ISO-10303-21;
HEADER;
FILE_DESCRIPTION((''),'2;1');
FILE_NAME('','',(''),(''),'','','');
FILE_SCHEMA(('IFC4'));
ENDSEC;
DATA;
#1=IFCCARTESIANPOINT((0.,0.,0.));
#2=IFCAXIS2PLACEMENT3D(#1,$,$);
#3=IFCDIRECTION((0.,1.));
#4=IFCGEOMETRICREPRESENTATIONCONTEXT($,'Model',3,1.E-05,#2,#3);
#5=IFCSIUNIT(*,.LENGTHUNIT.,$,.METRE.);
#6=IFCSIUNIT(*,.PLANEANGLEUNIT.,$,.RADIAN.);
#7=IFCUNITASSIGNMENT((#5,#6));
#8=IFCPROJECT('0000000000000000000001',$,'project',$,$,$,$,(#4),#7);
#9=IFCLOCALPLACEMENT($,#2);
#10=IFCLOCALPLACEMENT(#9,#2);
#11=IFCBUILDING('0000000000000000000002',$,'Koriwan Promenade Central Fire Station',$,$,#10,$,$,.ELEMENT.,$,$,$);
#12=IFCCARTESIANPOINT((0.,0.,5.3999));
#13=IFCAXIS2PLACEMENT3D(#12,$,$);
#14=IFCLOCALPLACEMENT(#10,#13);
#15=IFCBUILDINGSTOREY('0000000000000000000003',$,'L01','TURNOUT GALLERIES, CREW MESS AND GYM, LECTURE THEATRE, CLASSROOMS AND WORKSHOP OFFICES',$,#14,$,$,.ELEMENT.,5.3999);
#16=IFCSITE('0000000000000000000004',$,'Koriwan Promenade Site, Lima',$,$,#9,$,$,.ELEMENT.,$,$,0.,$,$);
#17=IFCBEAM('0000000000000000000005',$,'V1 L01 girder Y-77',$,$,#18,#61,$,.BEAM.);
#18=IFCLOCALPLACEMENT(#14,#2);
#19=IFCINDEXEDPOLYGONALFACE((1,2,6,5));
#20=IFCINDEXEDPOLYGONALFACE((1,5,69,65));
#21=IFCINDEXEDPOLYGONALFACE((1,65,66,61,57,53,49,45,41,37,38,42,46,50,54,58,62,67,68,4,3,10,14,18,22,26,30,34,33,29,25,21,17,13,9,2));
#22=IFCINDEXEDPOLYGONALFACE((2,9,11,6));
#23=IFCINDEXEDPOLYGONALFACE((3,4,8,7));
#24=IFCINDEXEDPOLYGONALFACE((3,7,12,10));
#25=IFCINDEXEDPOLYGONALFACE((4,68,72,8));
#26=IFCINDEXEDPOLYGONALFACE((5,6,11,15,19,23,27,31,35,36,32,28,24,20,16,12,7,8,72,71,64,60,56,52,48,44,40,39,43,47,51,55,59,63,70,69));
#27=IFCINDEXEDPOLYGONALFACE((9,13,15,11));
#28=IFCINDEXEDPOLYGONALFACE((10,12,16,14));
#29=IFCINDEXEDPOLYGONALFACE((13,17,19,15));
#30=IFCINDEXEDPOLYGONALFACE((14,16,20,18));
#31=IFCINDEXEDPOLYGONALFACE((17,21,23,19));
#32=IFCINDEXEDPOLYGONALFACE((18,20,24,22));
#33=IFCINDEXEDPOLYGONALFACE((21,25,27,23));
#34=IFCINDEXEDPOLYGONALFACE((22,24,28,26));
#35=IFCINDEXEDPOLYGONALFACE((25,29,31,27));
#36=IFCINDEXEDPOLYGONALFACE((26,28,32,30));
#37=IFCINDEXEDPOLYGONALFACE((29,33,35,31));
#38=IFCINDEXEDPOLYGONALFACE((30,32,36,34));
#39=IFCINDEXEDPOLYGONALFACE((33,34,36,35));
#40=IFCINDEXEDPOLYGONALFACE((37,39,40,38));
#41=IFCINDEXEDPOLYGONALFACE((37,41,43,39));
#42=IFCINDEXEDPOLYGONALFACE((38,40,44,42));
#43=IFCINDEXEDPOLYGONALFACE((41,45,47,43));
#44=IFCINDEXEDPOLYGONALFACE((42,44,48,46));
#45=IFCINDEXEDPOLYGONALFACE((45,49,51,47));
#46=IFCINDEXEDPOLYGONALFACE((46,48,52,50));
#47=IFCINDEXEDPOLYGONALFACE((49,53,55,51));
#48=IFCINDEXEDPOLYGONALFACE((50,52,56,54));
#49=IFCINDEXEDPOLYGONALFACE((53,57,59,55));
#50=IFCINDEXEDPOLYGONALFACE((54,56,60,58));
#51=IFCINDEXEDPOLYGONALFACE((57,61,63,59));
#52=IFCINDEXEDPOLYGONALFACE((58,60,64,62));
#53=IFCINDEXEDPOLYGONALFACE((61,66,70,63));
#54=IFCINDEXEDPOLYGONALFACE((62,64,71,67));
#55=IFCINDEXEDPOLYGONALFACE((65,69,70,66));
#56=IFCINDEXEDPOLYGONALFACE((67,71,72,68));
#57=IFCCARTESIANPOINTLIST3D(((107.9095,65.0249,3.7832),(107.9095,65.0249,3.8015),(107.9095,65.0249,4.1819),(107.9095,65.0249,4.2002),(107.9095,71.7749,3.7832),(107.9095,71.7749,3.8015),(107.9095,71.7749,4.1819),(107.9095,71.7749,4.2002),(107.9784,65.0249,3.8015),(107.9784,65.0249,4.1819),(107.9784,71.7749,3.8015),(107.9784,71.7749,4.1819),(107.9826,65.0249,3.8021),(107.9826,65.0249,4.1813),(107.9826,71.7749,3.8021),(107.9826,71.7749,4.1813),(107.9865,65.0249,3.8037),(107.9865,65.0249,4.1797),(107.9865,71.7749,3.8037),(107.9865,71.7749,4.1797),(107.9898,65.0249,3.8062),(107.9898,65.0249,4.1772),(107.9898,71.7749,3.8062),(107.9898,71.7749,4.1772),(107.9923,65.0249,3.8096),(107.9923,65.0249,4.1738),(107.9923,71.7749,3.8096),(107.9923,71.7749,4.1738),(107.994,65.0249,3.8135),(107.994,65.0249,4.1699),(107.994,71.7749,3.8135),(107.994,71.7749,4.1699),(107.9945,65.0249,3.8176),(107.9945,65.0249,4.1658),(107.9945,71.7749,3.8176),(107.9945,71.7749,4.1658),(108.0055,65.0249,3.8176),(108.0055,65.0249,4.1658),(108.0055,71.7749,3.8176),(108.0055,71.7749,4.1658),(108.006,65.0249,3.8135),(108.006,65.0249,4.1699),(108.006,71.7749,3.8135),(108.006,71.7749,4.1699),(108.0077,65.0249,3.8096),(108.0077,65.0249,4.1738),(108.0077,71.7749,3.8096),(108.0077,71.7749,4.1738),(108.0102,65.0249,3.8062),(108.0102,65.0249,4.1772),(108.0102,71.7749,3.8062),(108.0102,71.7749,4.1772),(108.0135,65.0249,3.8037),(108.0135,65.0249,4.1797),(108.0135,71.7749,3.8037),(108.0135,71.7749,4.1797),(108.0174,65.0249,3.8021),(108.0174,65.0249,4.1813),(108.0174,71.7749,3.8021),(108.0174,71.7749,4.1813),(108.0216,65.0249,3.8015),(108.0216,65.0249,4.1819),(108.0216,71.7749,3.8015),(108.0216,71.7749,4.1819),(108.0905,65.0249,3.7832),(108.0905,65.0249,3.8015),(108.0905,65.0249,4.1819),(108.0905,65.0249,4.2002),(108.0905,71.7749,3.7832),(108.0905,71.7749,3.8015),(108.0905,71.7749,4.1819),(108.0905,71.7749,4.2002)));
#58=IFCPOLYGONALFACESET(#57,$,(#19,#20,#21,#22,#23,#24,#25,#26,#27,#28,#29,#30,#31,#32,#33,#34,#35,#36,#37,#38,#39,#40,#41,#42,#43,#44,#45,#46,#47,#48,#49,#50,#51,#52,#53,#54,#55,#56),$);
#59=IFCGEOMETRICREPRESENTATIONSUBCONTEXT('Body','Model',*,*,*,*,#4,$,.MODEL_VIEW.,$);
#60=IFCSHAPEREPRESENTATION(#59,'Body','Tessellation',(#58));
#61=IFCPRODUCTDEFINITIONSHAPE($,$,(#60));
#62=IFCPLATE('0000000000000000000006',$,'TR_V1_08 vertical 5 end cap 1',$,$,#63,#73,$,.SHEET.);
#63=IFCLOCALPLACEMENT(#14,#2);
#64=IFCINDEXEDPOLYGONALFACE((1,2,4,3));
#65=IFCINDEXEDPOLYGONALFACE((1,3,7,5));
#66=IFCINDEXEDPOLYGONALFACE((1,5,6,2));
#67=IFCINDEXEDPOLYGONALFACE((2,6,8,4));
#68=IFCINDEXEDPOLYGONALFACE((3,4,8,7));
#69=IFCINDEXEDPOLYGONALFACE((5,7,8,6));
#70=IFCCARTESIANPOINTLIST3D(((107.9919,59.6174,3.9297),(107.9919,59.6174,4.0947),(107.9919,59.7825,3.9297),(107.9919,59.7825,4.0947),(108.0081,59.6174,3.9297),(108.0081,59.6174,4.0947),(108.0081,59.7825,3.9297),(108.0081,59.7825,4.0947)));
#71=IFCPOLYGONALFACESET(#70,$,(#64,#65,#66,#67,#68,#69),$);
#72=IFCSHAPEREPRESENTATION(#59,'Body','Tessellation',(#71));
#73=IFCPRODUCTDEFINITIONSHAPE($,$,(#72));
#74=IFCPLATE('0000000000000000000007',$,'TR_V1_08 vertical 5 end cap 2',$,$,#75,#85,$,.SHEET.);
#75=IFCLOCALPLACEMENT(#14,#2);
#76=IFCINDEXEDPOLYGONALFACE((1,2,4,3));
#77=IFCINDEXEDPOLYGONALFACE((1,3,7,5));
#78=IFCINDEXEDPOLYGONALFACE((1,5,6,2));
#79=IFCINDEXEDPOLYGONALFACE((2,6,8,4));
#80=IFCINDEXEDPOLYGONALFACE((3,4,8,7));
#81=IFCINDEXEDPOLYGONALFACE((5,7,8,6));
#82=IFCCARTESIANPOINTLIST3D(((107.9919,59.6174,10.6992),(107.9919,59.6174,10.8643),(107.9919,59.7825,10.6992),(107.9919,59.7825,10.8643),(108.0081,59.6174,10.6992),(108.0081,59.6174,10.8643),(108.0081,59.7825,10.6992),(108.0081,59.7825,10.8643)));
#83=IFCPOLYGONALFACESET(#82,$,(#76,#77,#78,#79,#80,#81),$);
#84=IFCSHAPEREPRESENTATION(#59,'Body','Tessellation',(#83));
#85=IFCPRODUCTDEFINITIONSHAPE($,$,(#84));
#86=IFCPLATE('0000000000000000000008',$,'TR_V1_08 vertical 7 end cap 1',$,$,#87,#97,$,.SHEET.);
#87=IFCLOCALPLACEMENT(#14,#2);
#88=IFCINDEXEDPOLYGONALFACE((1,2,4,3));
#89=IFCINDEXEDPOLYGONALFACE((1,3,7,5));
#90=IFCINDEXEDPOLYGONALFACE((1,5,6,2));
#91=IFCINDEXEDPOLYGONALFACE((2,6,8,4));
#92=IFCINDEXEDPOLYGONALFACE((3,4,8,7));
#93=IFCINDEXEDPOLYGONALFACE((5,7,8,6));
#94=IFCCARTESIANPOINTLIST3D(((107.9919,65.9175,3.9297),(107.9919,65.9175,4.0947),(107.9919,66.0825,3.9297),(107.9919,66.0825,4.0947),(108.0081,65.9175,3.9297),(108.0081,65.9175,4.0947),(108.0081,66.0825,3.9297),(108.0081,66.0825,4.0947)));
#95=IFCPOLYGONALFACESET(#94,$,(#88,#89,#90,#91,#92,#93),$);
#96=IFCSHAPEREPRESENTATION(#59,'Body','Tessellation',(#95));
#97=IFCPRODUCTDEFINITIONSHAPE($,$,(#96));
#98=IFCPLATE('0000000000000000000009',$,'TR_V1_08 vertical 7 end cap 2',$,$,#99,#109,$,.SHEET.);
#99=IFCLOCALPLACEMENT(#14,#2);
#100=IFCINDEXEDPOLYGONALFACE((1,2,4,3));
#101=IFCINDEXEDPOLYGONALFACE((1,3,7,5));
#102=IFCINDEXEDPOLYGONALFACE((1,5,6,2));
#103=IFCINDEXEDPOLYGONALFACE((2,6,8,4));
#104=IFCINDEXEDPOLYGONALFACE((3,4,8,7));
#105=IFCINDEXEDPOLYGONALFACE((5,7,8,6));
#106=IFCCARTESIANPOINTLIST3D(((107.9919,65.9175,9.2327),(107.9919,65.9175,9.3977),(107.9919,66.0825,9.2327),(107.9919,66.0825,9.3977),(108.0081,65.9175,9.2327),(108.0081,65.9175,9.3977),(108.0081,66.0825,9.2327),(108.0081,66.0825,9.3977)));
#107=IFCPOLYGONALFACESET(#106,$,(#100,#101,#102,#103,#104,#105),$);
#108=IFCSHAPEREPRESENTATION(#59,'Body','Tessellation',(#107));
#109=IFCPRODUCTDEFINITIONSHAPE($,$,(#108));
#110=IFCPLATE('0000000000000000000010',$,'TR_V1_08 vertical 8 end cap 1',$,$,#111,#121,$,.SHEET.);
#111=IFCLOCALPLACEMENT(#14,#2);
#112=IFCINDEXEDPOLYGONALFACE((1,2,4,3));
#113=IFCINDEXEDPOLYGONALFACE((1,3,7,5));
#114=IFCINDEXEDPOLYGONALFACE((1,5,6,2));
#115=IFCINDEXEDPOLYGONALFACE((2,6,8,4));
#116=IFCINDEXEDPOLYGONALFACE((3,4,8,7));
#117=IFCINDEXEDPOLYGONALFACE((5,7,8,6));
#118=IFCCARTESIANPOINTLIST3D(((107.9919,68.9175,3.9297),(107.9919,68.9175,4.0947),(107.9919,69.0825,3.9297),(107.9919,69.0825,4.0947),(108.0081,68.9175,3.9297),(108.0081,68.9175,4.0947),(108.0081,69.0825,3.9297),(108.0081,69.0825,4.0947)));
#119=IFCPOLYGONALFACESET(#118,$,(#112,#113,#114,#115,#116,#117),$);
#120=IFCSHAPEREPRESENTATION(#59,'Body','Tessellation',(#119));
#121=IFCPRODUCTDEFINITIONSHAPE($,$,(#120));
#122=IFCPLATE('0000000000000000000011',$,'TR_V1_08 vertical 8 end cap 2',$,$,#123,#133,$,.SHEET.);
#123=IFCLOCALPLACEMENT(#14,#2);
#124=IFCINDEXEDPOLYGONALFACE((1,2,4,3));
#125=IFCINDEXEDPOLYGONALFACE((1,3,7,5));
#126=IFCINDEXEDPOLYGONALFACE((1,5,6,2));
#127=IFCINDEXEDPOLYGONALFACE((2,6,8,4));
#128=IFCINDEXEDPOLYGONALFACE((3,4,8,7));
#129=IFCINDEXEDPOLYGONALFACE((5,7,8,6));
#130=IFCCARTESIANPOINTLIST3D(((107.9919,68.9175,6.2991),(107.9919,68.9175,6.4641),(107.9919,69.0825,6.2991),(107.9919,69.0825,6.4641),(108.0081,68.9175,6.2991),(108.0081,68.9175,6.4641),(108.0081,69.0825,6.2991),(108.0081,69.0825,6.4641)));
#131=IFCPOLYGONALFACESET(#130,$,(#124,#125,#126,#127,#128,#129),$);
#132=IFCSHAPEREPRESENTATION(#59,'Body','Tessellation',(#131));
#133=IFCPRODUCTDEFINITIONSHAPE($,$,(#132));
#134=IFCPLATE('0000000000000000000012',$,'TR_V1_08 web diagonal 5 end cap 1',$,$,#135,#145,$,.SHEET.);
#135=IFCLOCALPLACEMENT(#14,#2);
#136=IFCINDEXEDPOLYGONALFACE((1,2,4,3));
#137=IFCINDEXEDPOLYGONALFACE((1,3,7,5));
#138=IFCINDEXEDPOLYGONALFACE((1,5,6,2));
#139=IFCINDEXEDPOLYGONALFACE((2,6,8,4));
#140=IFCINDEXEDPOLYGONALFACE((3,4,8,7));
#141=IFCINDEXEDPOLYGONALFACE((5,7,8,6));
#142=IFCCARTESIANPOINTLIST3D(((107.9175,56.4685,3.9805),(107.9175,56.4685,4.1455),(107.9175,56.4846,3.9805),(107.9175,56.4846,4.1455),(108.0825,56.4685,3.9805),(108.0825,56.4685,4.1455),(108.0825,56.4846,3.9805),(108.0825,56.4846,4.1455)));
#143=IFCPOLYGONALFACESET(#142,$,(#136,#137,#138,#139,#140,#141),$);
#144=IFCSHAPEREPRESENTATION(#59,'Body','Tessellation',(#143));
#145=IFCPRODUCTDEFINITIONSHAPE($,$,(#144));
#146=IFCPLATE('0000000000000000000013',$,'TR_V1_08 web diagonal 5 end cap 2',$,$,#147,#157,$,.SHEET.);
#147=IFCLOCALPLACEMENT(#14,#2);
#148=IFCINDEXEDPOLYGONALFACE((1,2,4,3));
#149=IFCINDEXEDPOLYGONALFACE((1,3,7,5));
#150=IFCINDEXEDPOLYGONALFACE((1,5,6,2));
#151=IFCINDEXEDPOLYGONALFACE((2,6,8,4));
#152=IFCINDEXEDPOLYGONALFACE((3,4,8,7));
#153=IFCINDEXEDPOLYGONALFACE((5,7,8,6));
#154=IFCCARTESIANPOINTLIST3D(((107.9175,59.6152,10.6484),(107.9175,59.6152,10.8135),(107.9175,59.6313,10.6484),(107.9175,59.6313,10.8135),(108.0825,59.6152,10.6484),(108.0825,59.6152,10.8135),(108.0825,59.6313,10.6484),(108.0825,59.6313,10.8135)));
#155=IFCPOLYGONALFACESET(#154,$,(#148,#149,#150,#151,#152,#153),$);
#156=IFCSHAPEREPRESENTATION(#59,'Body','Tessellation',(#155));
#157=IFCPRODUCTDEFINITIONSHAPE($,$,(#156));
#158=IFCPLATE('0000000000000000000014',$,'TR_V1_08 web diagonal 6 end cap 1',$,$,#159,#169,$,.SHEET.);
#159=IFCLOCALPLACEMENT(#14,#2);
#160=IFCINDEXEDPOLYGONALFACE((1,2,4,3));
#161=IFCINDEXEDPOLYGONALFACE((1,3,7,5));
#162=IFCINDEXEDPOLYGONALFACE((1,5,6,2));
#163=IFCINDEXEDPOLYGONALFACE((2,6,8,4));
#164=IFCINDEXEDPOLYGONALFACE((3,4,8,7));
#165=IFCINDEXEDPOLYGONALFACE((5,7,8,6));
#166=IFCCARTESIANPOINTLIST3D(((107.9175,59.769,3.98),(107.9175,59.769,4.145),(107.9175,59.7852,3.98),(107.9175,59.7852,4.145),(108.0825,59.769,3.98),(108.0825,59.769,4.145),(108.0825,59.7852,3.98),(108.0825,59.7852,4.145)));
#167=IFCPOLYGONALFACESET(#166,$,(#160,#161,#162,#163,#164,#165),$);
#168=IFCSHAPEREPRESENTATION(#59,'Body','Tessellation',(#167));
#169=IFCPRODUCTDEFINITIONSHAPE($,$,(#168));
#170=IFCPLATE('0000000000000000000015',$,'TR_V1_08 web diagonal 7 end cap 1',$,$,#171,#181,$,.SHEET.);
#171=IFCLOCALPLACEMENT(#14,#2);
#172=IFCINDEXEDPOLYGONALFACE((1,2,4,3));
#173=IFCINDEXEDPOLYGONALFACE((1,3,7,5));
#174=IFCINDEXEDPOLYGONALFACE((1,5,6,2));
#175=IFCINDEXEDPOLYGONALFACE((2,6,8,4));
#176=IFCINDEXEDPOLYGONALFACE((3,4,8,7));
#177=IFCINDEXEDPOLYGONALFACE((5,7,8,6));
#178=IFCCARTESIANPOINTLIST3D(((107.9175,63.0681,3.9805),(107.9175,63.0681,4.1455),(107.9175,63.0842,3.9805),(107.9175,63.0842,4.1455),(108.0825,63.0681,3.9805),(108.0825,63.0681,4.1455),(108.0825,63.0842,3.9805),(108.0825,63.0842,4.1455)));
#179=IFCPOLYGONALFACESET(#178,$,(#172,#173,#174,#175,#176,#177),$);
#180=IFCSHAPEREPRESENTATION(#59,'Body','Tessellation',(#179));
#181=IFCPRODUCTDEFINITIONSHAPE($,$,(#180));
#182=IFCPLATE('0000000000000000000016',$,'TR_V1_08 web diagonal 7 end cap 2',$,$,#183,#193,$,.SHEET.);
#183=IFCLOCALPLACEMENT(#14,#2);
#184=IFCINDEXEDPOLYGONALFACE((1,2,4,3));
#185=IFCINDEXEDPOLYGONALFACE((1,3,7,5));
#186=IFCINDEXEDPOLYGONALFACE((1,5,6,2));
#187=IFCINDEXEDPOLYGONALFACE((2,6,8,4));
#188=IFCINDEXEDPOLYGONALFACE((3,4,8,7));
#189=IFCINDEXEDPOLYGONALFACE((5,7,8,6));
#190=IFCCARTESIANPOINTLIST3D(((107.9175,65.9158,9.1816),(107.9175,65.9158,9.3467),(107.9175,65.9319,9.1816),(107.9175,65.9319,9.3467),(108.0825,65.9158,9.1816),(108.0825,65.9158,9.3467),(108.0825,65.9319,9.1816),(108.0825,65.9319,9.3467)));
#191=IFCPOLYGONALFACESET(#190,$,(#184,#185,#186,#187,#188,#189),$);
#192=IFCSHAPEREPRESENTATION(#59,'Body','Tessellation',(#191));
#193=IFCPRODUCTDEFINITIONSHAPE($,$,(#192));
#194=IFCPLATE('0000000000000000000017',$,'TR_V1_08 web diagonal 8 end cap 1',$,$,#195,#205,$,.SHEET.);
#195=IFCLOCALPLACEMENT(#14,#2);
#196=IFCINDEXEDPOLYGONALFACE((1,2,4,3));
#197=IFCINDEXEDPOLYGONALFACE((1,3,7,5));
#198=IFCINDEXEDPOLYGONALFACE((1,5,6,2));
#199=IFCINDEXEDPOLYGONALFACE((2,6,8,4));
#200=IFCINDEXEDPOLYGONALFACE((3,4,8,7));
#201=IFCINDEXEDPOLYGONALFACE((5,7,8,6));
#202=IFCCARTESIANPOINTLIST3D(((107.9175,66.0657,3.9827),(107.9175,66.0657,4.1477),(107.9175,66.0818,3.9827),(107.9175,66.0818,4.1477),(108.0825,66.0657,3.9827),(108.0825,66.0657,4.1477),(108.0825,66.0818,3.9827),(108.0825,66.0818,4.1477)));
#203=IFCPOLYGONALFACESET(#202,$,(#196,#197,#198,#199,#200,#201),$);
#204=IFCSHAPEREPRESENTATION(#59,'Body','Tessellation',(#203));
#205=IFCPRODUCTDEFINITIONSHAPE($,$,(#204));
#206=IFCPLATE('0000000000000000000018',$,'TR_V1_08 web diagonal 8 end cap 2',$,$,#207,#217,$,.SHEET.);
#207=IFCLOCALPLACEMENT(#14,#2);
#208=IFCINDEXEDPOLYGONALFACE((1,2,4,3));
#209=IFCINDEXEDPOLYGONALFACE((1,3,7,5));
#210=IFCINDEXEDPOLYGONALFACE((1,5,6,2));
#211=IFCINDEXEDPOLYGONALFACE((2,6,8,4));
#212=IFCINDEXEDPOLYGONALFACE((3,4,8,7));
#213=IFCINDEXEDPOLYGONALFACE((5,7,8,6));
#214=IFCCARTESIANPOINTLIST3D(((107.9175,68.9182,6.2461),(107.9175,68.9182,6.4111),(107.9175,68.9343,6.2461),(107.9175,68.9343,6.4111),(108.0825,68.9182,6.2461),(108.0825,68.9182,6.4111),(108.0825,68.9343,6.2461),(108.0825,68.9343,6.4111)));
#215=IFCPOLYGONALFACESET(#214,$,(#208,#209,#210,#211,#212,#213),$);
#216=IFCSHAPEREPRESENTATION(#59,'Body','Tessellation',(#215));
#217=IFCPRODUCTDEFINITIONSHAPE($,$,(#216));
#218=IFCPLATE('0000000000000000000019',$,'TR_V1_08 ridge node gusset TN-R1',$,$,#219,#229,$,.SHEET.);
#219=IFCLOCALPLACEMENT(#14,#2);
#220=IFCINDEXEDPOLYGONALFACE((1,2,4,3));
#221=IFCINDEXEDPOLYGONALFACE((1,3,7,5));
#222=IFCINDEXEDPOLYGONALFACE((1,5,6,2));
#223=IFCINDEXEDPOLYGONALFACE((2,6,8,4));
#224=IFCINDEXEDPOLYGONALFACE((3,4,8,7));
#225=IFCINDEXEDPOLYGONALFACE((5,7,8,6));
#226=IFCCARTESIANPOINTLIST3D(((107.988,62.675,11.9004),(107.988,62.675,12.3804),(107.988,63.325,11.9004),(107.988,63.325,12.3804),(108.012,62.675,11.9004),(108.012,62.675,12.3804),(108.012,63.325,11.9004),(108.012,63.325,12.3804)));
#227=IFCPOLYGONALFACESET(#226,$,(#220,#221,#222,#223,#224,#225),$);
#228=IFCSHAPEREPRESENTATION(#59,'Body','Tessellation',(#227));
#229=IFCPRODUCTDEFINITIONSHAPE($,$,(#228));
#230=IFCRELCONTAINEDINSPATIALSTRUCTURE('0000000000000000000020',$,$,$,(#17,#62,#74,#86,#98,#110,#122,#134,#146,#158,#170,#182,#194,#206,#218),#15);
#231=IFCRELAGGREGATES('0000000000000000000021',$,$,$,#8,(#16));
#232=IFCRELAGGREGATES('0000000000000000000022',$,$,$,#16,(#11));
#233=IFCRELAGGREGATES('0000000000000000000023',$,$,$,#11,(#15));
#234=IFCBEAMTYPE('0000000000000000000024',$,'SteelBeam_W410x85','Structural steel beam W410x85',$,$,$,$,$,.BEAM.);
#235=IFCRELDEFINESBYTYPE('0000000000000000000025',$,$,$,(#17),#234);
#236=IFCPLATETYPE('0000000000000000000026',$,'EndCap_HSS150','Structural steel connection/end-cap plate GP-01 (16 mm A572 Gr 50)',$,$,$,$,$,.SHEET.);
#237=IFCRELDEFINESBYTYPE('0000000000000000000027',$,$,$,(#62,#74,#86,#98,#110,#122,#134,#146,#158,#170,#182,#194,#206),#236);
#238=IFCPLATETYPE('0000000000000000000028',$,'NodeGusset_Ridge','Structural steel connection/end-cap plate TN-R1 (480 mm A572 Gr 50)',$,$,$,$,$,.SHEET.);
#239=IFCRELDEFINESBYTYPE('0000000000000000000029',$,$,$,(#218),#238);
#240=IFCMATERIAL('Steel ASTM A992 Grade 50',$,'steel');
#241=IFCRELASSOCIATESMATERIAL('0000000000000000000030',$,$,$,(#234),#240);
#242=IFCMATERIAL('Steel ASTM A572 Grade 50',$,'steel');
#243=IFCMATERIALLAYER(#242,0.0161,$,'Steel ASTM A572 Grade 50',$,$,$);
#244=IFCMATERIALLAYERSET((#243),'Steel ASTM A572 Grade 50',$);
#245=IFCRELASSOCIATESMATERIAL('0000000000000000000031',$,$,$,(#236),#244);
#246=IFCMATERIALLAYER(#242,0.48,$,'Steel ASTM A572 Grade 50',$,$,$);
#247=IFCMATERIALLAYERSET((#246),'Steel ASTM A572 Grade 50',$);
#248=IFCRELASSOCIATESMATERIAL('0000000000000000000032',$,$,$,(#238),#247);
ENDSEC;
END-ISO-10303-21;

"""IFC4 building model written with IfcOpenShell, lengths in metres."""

from ifc_helpers import new_model, si_unit, direction, frame, origin, origin_2d, place, context, subcontext, project, spatial, rectangle, i_section, extrude, material, layer, layer_set, material_profile, profile_set, type_object, element, save


model = new_model("IFC4")

# Units and contexts
model_context = context("Model", 3, precision=1e-05, world=origin(), true_north=direction((0.0, 1.0)))
body_context = subcontext(model_context, "Body", "Model", "MODEL_VIEW")
ifc_project = project(units=[si_unit("LENGTHUNIT", "METRE"), si_unit("PLANEANGLEUNIT", "RADIAN")], contexts=[model_context])

# Site, building, storey
site_placement = place(None, origin())
site = spatial("IfcSite", under=ifc_project, at=site_placement, Name="Koriwan Promenade Site, Lima", CompositionType="ELEMENT", RefElevation=0.0)
building_placement = place(site_placement, origin())
building = spatial("IfcBuilding", under=site, at=building_placement, Name="Koriwan Promenade Central Fire Station", CompositionType="ELEMENT")
storey_placement = place(building_placement, frame((0.0, 0.0, 5.3999)))
storey = spatial("IfcBuildingStorey", under=building, at=storey_placement, Name="L01", Description="TURNOUT GALLERIES, CREW MESS AND GYM, LECTURE THEATRE, CLASSROOMS AND WORKSHOP OFFICES", CompositionType="ELEMENT", Elevation=5.3999)

# Shared definitions
ifc_material_1 = material(Name="Steel ASTM A992 Grade 50", Category="steel")

# Beam
ifc_material_profile_1 = material_profile(ifc_material_1, i_section(OverallWidth=0.1809, OverallDepth=0.417, WebThickness=0.011, FlangeThickness=0.0183, FilletRadius=0.0161, at=origin_2d()), Name="W410x85")
ifc_profile_set_1 = profile_set([ifc_material_profile_1], Name="Steel ASTM A992 Grade 50")
beam_type_1 = type_object("IfcBeamType", Name="SteelBeam_W410x85", Description="Structural steel beam W410x85", PredefinedType="BEAM", material=ifc_profile_set_1)
for number, where, z_axis, x_axis, name in (
    (1, (108.0, 65.0249, 3.9917), (0.0, 1.0, 0.0), (-1.0, 0.0, 0.0), "V1 L01 girder Y-77"),
):
    element("IfcBeam", number, at=place(storey_placement, frame(where, z_axis=z_axis, x_axis=x_axis)), inside=storey, type_object=beam_type_1, Name=name, PredefinedType="BEAM", context=body_context, shape_type="SweptSolid", body=[
        extrude(i_section(OverallWidth=0.1809, OverallDepth=0.417, WebThickness=0.011, FlangeThickness=0.0183, FilletRadius=0.0161, at=origin_2d()), origin(), (0.0, 0.0, 1.0), 6.75),
    ])

# Plates
ifc_material_2 = material(Name="Steel ASTM A572 Grade 50", Category="steel")
ifc_layer_1 = layer(ifc_material_2, 0.0161, Name="Steel ASTM A572 Grade 50")
ifc_layer_set_1 = layer_set([ifc_layer_1], Name="Steel ASTM A572 Grade 50")
plate_type_1 = type_object("IfcPlateType", Name="EndCap_HSS150", Description="Structural steel connection/end-cap plate GP-01 (16 mm A572 Gr 50)", PredefinedType="SHEET", material=ifc_layer_set_1)
for number, where, z_axis, x_axis, name in (
    (2, (108.0, 59.7, 3.9297), (0.0, 0.0, 1.0), (1.0, 0.0, 0.0), "TR_V1_08 vertical 5 end cap 1"),
    (3, (108.0, 59.7, 10.6992), (0.0, 0.0, 1.0), (1.0, 0.0, 0.0), "TR_V1_08 vertical 5 end cap 2"),
    (4, (108.0, 66.0, 3.9297), (0.0, 0.0, 1.0), (1.0, 0.0, 0.0), "TR_V1_08 vertical 7 end cap 1"),
    (5, (108.0, 66.0, 9.2327), (0.0, 0.0, 1.0), (1.0, 0.0, 0.0), "TR_V1_08 vertical 7 end cap 2"),
    (6, (108.0, 69.0, 3.9297), (0.0, 0.0, 1.0), (1.0, 0.0, 0.0), "TR_V1_08 vertical 8 end cap 1"),
    (7, (108.0, 69.0, 6.2991), (0.0, 0.0, 1.0), (1.0, 0.0, 0.0), "TR_V1_08 vertical 8 end cap 2"),
    (8, (108.0, 56.4766, 3.9805), (0.0, 0.0, 1.0), (0.0, 1.0, 0.0), "TR_V1_08 web diagonal 5 end cap 1"),
    (9, (108.0, 59.6233, 10.6484), (0.0, 0.0, 1.0), (0.0, 1.0, 0.0), "TR_V1_08 web diagonal 5 end cap 2"),
    (10, (108.0, 59.7771, 3.98), (0.0, 0.0, 1.0), (0.0, 1.0, 0.0), "TR_V1_08 web diagonal 6 end cap 1"),
    (11, (108.0, 63.0762, 3.9805), (0.0, 0.0, 1.0), (0.0, 1.0, 0.0), "TR_V1_08 web diagonal 7 end cap 1"),
    (12, (108.0, 65.9238, 9.1816), (0.0, 0.0, 1.0), (0.0, 1.0, 0.0), "TR_V1_08 web diagonal 7 end cap 2"),
    (13, (108.0, 66.0737, 3.9827), (0.0, 0.0, 1.0), (0.0, 1.0, 0.0), "TR_V1_08 web diagonal 8 end cap 1"),
    (14, (108.0, 68.9263, 6.2461), (0.0, 0.0, 1.0), (0.0, 1.0, 0.0), "TR_V1_08 web diagonal 8 end cap 2"),
):
    element("IfcPlate", number, at=place(storey_placement, frame(where, z_axis=z_axis, x_axis=x_axis)), inside=storey, type_object=plate_type_1, Name=name, PredefinedType="SHEET", context=body_context, shape_type="SweptSolid", body=[
        extrude(rectangle(XDim=0.0161, YDim=0.165, at=origin_2d()), origin(), (0.0, 0.0, 1.0), 0.165),
    ])
ifc_layer_2 = layer(ifc_material_2, 0.48, Name="Steel ASTM A572 Grade 50")
ifc_layer_set_2 = layer_set([ifc_layer_2], Name="Steel ASTM A572 Grade 50")
plate_type_2 = type_object("IfcPlateType", Name="NodeGusset_Ridge", Description="Structural steel connection/end-cap plate TN-R1 (480 mm A572 Gr 50)", PredefinedType="SHEET", material=ifc_layer_set_2)
plate_placement = place(storey_placement, frame((108.0, 63.0, 11.9004), z_axis=(0.0, 0.0, 1.0), x_axis=(1.0, 0.0, 0.0)))
element("IfcPlate", 15, at=plate_placement, inside=storey, type_object=plate_type_2, Name="TR_V1_08 ridge node gusset TN-R1", PredefinedType="SHEET", context=body_context, shape_type="SweptSolid", body=[
    extrude(rectangle(XDim=0.0239, YDim=0.6499, at=origin_2d()), origin(), (0.0, 0.0, 1.0), 0.48),
])

save(model, "model.ifc")
